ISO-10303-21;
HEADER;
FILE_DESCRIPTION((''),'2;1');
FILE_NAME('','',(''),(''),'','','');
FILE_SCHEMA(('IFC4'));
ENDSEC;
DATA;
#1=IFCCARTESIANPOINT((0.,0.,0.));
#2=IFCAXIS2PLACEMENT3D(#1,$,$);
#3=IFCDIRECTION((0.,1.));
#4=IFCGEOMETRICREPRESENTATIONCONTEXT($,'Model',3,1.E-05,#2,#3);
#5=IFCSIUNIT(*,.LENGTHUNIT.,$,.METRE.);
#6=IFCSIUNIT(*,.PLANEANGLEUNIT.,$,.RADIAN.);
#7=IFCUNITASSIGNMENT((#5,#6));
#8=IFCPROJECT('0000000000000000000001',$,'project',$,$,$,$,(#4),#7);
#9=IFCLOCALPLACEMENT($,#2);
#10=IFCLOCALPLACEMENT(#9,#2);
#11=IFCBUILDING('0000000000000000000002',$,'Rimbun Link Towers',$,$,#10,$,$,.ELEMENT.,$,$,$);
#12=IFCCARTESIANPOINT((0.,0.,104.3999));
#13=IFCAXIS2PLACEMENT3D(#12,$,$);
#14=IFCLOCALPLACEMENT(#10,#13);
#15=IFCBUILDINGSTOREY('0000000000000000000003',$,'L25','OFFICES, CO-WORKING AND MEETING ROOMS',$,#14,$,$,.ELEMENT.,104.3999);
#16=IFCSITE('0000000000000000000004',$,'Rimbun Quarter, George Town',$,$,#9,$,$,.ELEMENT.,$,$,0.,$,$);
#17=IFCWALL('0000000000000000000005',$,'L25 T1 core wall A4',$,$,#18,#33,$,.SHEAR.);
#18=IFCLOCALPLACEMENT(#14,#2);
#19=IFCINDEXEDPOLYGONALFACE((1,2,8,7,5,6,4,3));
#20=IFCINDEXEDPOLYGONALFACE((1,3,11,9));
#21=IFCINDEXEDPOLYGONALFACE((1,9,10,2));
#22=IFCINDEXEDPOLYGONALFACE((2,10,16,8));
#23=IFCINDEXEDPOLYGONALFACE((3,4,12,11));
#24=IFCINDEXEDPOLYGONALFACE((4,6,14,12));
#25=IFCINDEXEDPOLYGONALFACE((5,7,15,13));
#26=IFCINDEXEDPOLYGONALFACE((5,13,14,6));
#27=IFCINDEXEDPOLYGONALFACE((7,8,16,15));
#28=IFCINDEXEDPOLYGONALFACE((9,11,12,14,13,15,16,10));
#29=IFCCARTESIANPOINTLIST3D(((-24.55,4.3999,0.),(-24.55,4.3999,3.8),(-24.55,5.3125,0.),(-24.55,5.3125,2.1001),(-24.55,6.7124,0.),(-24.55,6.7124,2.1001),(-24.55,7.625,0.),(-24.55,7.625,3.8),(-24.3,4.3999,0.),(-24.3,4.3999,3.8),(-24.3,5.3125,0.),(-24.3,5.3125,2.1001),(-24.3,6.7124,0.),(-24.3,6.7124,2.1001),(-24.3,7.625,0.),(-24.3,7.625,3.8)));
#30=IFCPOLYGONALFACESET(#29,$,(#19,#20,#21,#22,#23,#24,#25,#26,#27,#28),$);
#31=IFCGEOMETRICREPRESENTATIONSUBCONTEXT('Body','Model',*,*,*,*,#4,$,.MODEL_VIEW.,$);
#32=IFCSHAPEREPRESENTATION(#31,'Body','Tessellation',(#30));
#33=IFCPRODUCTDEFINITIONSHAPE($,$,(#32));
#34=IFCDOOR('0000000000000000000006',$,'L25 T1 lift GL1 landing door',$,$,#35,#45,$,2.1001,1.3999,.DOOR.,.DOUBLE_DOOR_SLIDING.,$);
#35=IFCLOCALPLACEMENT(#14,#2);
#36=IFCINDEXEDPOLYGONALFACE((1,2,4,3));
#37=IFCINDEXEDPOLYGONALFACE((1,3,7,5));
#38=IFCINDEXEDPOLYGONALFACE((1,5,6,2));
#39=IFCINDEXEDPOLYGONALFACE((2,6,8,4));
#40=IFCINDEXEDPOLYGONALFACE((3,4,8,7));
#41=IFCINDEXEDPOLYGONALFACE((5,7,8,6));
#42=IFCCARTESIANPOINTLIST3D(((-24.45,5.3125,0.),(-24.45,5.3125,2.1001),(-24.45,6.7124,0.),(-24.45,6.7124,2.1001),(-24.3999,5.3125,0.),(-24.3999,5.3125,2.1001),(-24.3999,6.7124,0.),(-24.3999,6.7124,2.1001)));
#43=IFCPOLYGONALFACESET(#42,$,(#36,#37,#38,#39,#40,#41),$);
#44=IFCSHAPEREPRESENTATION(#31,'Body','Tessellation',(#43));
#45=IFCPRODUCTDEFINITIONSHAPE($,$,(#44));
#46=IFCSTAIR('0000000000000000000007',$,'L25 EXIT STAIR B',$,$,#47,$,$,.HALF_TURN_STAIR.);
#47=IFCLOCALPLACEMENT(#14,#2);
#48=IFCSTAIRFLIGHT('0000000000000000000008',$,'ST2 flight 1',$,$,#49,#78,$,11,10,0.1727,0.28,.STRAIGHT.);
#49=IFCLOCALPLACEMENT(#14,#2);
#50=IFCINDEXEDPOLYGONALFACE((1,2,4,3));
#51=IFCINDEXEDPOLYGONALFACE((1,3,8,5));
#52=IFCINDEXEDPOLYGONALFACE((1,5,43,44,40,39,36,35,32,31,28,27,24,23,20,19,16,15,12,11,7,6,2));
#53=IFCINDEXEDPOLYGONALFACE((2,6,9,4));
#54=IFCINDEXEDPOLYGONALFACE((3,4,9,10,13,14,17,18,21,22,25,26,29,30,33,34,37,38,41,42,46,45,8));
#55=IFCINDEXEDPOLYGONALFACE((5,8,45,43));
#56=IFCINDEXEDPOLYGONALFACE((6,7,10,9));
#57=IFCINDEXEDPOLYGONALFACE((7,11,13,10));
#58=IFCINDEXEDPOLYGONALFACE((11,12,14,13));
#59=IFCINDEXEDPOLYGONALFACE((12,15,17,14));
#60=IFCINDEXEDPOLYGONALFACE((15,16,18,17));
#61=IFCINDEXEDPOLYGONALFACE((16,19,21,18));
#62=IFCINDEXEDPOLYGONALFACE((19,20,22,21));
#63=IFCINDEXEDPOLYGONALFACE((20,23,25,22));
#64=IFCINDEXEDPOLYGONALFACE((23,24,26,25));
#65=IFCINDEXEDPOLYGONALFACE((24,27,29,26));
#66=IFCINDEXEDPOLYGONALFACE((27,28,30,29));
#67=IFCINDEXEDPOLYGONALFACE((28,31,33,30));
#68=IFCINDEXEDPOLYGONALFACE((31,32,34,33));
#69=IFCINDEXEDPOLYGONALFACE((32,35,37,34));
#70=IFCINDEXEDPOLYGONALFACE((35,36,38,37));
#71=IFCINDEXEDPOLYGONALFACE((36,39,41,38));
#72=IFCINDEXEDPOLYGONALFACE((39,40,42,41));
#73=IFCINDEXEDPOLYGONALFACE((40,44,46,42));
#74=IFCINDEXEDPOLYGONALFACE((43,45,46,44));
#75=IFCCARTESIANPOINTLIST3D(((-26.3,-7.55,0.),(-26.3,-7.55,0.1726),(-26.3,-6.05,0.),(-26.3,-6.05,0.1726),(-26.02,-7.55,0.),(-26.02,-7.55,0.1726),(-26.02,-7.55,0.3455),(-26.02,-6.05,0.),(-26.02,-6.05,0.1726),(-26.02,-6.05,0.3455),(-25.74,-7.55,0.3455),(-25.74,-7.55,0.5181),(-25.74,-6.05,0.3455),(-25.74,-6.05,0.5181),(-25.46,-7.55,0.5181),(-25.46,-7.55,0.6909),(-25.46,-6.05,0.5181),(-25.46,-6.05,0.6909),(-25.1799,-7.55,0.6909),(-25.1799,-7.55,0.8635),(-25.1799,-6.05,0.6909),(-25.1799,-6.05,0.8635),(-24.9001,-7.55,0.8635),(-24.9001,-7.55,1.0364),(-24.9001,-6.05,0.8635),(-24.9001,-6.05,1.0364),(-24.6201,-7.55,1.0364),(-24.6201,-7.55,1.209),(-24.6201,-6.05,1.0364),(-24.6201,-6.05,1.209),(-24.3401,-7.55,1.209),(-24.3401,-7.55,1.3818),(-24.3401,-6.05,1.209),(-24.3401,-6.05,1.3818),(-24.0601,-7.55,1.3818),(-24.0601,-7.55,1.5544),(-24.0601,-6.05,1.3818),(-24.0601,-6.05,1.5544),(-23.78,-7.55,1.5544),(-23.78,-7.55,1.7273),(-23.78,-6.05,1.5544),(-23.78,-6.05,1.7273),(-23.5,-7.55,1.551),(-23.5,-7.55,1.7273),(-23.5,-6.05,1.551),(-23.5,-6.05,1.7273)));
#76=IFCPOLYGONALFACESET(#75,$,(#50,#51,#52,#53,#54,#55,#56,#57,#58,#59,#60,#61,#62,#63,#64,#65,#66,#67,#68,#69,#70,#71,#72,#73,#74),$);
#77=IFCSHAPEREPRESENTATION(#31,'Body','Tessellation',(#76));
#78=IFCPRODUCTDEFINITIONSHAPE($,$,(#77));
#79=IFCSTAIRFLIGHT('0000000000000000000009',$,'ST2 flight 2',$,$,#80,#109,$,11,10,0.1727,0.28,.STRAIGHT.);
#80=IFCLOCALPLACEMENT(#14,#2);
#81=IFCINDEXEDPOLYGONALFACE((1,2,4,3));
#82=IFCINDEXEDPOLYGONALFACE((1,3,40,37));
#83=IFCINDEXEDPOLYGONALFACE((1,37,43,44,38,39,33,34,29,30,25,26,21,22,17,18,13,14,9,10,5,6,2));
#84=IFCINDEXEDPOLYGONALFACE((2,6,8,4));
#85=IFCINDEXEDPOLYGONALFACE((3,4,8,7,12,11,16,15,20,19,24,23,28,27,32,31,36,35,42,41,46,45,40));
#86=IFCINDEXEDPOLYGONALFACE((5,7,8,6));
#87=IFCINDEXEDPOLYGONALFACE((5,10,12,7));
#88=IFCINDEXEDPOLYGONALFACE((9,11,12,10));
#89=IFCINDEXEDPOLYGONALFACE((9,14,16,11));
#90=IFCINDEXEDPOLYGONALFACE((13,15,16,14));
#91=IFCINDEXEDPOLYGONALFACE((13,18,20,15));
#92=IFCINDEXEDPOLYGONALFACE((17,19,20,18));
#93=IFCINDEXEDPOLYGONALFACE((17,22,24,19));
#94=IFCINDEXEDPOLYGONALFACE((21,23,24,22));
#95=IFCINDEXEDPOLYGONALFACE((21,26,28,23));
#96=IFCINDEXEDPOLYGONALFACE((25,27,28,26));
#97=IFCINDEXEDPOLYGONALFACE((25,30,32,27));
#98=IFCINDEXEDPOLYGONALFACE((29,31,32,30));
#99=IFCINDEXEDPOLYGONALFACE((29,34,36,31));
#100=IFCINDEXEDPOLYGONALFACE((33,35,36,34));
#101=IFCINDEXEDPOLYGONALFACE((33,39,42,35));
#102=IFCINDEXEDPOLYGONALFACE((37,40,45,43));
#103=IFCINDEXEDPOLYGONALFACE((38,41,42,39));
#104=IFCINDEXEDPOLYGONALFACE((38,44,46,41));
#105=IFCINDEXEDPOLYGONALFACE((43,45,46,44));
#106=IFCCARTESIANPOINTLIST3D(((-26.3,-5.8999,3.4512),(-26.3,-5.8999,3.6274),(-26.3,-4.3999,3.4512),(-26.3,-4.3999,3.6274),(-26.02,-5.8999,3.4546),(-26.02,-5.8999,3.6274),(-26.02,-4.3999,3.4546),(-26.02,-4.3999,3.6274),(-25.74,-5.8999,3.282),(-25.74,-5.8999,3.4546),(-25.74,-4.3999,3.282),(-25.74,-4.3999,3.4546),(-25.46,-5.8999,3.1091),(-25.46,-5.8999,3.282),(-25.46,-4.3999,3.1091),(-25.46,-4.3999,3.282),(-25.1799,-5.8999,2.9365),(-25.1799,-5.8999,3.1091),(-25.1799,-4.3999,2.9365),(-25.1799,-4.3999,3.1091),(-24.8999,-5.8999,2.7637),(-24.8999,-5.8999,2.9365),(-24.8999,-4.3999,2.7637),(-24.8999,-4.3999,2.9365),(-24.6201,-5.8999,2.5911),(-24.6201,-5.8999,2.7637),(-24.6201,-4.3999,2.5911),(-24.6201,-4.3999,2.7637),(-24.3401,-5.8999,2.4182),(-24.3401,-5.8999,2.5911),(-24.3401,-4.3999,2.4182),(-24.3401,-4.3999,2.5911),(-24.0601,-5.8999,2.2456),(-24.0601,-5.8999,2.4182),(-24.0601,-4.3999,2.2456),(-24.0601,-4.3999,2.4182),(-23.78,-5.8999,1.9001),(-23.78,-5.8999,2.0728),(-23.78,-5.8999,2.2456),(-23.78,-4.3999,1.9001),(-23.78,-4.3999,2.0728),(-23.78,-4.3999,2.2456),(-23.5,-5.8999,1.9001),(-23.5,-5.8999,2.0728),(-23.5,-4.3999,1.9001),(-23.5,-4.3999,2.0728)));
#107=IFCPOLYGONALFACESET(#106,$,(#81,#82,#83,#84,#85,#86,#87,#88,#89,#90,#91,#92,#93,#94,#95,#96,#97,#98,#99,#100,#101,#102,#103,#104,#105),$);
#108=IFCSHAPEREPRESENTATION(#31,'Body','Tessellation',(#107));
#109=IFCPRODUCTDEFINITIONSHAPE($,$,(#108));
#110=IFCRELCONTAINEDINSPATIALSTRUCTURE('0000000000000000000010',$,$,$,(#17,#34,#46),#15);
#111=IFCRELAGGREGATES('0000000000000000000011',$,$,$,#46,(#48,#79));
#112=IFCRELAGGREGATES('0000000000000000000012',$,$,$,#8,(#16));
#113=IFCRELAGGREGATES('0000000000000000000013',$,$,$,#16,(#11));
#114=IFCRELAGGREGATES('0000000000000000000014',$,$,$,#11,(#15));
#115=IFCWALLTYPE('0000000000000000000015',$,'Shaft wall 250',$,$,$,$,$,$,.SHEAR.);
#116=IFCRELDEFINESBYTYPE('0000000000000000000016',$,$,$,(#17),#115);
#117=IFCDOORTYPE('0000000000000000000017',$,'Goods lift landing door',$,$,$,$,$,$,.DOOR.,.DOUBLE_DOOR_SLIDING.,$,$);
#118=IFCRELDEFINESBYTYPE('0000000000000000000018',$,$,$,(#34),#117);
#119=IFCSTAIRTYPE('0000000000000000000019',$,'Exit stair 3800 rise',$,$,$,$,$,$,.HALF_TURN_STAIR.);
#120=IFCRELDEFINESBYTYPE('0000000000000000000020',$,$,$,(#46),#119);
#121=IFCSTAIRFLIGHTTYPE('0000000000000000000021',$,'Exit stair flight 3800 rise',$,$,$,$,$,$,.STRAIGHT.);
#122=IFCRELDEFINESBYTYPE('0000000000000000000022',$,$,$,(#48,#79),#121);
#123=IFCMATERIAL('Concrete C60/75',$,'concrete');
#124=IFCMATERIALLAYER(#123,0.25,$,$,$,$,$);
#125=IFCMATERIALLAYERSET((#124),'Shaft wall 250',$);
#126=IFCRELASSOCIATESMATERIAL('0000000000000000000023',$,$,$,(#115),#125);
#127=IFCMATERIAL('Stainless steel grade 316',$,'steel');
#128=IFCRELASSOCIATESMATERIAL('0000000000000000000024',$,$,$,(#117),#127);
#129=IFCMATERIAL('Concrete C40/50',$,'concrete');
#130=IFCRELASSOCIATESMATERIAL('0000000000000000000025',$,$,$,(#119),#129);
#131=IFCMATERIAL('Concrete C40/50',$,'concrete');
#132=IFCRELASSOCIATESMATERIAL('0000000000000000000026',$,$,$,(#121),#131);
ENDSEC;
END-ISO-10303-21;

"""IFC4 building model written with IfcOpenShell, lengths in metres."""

from ifc_helpers import new_model, si_unit, direction, frame, frame_2d, origin, place, context, subcontext, project, spatial, polyline, rectangle, outline, extrude, material, layer, layer_set, type_object, element, fill, aggregate, save


model = new_model("IFC4")

# Units and contexts
model_context = context("Model", 3, precision=1e-05, world=origin(), true_north=direction((0.0, 1.0)))
body_context = subcontext(model_context, "Body", "Model", "MODEL_VIEW")
ifc_project = project(units=[si_unit("LENGTHUNIT", "METRE"), si_unit("PLANEANGLEUNIT", "RADIAN")], contexts=[model_context])

# Site, building, storey
site_placement = place(None, origin())
site = spatial("IfcSite", under=ifc_project, at=site_placement, Name="Rimbun Quarter, George Town", CompositionType="ELEMENT", RefElevation=0.0)
building_placement = place(site_placement, origin())
building = spatial("IfcBuilding", under=site, at=building_placement, Name="Rimbun Link Towers", CompositionType="ELEMENT")
storey_placement = place(building_placement, frame((0.0, 0.0, 104.3999)))
storey = spatial("IfcBuildingStorey", under=building, at=storey_placement, Name="L25", Description="OFFICES, CO-WORKING AND MEETING ROOMS", CompositionType="ELEMENT", Elevation=104.3999)

# Shared definitions
ifc_material_1 = material(Name="Concrete C60/75", Category="concrete")
ifc_layer_1 = layer(ifc_material_1, 0.25)
ifc_layer_set_1 = layer_set([ifc_layer_1], Name="Shaft wall 250")
wall_type_1 = type_object("IfcWallType", Name="Shaft wall 250", PredefinedType="SHEAR", material=ifc_layer_set_1)

# Wall, opening, door
wall_1_placement = place(storey_placement, frame((-24.425, 4.3999, 0.0), z_axis=(0.0, 0.0, 1.0), x_axis=(0.0, 1.0, 0.0)))
wall_1 = element("IfcWall", 1, at=wall_1_placement, inside=storey, type_object=wall_type_1, Name="L25 T1 core wall A4", PredefinedType="SHEAR", context=body_context, shape_type="SweptSolid", body=[
    extrude(rectangle(XDim=3.2251, YDim=0.25, at=frame_2d((1.6125, 0.0))), origin(), (0.0, 0.0, 1.0), 3.8),
])
opening_1_placement = place(wall_1_placement, frame((0.9126, 0.0, 0.0)))
opening_1 = element("IfcOpeningElement", 2, at=opening_1_placement, cuts=wall_1, PredefinedType="OPENING", context=body_context, shape_type="SweptSolid", body=[
    extrude(rectangle(XDim=1.3999, YDim=2.1001, at=frame_2d((0.7, 1.05))), frame((0.0, 0.135, 0.0), z_axis=(0.0, -1.0, 0.0), x_axis=(1.0, 0.0, 0.0)), (0.0, 0.0, 1.0), 0.27),
])
ifc_material_2 = material(Name="Stainless steel grade 316", Category="steel")
door_type_1 = type_object("IfcDoorType", Name="Goods lift landing door", OperationType="DOUBLE_DOOR_SLIDING", PredefinedType="DOOR", material=ifc_material_2)
door_1_placement = place(opening_1_placement, origin())
door_1 = element("IfcDoor", 3, at=door_1_placement, inside=storey, type_object=door_type_1, Name="L25 T1 lift GL1 landing door", OperationType="DOUBLE_DOOR_SLIDING", OverallHeight=2.1001, OverallWidth=1.3999, PredefinedType="DOOR", context=body_context, shape_type="SweptSolid", body=[
    extrude(rectangle(XDim=1.3999, YDim=2.1001, at=frame_2d((0.7, 1.05))), frame((0.0, 0.0249, 0.0), z_axis=(0.0, -1.0, 0.0), x_axis=(1.0, 0.0, 0.0)), (0.0, 0.0, 1.0), 0.05),
])
fill(opening_1, door_1)

# Stair, stair flights
ifc_material_3 = material(Name="Concrete C40/50", Category="concrete")
stair_type = type_object("IfcStairType", Name="Exit stair 3800 rise", PredefinedType="HALF_TURN_STAIR", material=ifc_material_3)
stair_placement = place(storey_placement, origin())
stair = element("IfcStair", 4, at=stair_placement, inside=storey, type_object=stair_type, Name="L25 EXIT STAIR B", PredefinedType="HALF_TURN_STAIR")
ifc_material_4 = material(Name="Concrete C40/50", Category="concrete")
stair_flight_type = type_object("IfcStairFlightType", Name="Exit stair flight 3800 rise", PredefinedType="STRAIGHT", material=ifc_material_4)
stair_flight_1_placement = place(storey_placement, frame((-26.3, -6.8, 0.0), z_axis=(0.0, 0.0, 1.0), x_axis=(1.0, 0.0, 0.0)))
stair_flight_1 = element("IfcStairFlight", 5, at=stair_flight_1_placement, type_object=stair_flight_type, Name="ST2 flight 1", NumberOfRisers=11, NumberOfTreads=10, PredefinedType="STRAIGHT", RiserHeight=0.1727, TreadLength=0.28, context=body_context, shape_type="SweptSolid", body=[
    extrude(outline(polyline([(0.0, 0.0), (0.0, 0.1726), (0.28, 0.1726), (0.28, 0.3455), (0.5601, 0.3455), (0.5601, 0.5181), (0.8401, 0.5181), (0.8401, 0.6909), (1.1201, 0.6909), (1.1201, 0.8635), (1.3999, 0.8635), (1.3999, 1.0364), (1.6799, 1.0364), (1.6799, 1.209), (1.96, 1.209), (1.96, 1.3818), (2.24, 1.3818), (2.24, 1.5544), (2.52, 1.5544), (2.52, 1.7273), (2.8, 1.7273), (2.8, 1.8999), (2.8, 1.551), (0.28, 0.0), (0.0, 0.0)])), frame((0.0, 0.75, 0.0), z_axis=(0.0, -1.0, 0.0), x_axis=(1.0, 0.0, 0.0)), (0.0, 0.0, 1.0), 1.5),
])
stair_flight_2_placement = place(storey_placement, frame((-23.5, -5.1499, 1.9001), z_axis=(0.0, 0.0, 1.0), x_axis=(-1.0, 0.0, 0.0)))
stair_flight_2 = element("IfcStairFlight", 6, at=stair_flight_2_placement, type_object=stair_flight_type, Name="ST2 flight 2", NumberOfRisers=11, NumberOfTreads=10, PredefinedType="STRAIGHT", RiserHeight=0.1727, TreadLength=0.28, context=body_context, shape_type="SweptSolid", body=[
    extrude(outline(polyline([(0.0, 0.0), (0.0, 0.1726), (0.28, 0.1726), (0.28, 0.3455), (0.5601, 0.3455), (0.5601, 0.5181), (0.8401, 0.5181), (0.8401, 0.6909), (1.1201, 0.6909), (1.1201, 0.8635), (1.3999, 0.8635), (1.3999, 1.0364), (1.6799, 1.0364), (1.6799, 1.209), (1.96, 1.209), (1.96, 1.3818), (2.24, 1.3818), (2.24, 1.5544), (2.52, 1.5544), (2.52, 1.7273), (2.8, 1.7273), (2.8, 1.8999), (2.8, 1.551), (0.28, 0.0), (0.0, 0.0)])), frame((0.0, 0.75, 0.0), z_axis=(0.0, -1.0, 0.0), x_axis=(1.0, 0.0, 0.0)), (0.0, 0.0, 1.0), 1.5),
])
aggregate(stair, [stair_flight_1, stair_flight_2])

save(model, "model.ifc")
